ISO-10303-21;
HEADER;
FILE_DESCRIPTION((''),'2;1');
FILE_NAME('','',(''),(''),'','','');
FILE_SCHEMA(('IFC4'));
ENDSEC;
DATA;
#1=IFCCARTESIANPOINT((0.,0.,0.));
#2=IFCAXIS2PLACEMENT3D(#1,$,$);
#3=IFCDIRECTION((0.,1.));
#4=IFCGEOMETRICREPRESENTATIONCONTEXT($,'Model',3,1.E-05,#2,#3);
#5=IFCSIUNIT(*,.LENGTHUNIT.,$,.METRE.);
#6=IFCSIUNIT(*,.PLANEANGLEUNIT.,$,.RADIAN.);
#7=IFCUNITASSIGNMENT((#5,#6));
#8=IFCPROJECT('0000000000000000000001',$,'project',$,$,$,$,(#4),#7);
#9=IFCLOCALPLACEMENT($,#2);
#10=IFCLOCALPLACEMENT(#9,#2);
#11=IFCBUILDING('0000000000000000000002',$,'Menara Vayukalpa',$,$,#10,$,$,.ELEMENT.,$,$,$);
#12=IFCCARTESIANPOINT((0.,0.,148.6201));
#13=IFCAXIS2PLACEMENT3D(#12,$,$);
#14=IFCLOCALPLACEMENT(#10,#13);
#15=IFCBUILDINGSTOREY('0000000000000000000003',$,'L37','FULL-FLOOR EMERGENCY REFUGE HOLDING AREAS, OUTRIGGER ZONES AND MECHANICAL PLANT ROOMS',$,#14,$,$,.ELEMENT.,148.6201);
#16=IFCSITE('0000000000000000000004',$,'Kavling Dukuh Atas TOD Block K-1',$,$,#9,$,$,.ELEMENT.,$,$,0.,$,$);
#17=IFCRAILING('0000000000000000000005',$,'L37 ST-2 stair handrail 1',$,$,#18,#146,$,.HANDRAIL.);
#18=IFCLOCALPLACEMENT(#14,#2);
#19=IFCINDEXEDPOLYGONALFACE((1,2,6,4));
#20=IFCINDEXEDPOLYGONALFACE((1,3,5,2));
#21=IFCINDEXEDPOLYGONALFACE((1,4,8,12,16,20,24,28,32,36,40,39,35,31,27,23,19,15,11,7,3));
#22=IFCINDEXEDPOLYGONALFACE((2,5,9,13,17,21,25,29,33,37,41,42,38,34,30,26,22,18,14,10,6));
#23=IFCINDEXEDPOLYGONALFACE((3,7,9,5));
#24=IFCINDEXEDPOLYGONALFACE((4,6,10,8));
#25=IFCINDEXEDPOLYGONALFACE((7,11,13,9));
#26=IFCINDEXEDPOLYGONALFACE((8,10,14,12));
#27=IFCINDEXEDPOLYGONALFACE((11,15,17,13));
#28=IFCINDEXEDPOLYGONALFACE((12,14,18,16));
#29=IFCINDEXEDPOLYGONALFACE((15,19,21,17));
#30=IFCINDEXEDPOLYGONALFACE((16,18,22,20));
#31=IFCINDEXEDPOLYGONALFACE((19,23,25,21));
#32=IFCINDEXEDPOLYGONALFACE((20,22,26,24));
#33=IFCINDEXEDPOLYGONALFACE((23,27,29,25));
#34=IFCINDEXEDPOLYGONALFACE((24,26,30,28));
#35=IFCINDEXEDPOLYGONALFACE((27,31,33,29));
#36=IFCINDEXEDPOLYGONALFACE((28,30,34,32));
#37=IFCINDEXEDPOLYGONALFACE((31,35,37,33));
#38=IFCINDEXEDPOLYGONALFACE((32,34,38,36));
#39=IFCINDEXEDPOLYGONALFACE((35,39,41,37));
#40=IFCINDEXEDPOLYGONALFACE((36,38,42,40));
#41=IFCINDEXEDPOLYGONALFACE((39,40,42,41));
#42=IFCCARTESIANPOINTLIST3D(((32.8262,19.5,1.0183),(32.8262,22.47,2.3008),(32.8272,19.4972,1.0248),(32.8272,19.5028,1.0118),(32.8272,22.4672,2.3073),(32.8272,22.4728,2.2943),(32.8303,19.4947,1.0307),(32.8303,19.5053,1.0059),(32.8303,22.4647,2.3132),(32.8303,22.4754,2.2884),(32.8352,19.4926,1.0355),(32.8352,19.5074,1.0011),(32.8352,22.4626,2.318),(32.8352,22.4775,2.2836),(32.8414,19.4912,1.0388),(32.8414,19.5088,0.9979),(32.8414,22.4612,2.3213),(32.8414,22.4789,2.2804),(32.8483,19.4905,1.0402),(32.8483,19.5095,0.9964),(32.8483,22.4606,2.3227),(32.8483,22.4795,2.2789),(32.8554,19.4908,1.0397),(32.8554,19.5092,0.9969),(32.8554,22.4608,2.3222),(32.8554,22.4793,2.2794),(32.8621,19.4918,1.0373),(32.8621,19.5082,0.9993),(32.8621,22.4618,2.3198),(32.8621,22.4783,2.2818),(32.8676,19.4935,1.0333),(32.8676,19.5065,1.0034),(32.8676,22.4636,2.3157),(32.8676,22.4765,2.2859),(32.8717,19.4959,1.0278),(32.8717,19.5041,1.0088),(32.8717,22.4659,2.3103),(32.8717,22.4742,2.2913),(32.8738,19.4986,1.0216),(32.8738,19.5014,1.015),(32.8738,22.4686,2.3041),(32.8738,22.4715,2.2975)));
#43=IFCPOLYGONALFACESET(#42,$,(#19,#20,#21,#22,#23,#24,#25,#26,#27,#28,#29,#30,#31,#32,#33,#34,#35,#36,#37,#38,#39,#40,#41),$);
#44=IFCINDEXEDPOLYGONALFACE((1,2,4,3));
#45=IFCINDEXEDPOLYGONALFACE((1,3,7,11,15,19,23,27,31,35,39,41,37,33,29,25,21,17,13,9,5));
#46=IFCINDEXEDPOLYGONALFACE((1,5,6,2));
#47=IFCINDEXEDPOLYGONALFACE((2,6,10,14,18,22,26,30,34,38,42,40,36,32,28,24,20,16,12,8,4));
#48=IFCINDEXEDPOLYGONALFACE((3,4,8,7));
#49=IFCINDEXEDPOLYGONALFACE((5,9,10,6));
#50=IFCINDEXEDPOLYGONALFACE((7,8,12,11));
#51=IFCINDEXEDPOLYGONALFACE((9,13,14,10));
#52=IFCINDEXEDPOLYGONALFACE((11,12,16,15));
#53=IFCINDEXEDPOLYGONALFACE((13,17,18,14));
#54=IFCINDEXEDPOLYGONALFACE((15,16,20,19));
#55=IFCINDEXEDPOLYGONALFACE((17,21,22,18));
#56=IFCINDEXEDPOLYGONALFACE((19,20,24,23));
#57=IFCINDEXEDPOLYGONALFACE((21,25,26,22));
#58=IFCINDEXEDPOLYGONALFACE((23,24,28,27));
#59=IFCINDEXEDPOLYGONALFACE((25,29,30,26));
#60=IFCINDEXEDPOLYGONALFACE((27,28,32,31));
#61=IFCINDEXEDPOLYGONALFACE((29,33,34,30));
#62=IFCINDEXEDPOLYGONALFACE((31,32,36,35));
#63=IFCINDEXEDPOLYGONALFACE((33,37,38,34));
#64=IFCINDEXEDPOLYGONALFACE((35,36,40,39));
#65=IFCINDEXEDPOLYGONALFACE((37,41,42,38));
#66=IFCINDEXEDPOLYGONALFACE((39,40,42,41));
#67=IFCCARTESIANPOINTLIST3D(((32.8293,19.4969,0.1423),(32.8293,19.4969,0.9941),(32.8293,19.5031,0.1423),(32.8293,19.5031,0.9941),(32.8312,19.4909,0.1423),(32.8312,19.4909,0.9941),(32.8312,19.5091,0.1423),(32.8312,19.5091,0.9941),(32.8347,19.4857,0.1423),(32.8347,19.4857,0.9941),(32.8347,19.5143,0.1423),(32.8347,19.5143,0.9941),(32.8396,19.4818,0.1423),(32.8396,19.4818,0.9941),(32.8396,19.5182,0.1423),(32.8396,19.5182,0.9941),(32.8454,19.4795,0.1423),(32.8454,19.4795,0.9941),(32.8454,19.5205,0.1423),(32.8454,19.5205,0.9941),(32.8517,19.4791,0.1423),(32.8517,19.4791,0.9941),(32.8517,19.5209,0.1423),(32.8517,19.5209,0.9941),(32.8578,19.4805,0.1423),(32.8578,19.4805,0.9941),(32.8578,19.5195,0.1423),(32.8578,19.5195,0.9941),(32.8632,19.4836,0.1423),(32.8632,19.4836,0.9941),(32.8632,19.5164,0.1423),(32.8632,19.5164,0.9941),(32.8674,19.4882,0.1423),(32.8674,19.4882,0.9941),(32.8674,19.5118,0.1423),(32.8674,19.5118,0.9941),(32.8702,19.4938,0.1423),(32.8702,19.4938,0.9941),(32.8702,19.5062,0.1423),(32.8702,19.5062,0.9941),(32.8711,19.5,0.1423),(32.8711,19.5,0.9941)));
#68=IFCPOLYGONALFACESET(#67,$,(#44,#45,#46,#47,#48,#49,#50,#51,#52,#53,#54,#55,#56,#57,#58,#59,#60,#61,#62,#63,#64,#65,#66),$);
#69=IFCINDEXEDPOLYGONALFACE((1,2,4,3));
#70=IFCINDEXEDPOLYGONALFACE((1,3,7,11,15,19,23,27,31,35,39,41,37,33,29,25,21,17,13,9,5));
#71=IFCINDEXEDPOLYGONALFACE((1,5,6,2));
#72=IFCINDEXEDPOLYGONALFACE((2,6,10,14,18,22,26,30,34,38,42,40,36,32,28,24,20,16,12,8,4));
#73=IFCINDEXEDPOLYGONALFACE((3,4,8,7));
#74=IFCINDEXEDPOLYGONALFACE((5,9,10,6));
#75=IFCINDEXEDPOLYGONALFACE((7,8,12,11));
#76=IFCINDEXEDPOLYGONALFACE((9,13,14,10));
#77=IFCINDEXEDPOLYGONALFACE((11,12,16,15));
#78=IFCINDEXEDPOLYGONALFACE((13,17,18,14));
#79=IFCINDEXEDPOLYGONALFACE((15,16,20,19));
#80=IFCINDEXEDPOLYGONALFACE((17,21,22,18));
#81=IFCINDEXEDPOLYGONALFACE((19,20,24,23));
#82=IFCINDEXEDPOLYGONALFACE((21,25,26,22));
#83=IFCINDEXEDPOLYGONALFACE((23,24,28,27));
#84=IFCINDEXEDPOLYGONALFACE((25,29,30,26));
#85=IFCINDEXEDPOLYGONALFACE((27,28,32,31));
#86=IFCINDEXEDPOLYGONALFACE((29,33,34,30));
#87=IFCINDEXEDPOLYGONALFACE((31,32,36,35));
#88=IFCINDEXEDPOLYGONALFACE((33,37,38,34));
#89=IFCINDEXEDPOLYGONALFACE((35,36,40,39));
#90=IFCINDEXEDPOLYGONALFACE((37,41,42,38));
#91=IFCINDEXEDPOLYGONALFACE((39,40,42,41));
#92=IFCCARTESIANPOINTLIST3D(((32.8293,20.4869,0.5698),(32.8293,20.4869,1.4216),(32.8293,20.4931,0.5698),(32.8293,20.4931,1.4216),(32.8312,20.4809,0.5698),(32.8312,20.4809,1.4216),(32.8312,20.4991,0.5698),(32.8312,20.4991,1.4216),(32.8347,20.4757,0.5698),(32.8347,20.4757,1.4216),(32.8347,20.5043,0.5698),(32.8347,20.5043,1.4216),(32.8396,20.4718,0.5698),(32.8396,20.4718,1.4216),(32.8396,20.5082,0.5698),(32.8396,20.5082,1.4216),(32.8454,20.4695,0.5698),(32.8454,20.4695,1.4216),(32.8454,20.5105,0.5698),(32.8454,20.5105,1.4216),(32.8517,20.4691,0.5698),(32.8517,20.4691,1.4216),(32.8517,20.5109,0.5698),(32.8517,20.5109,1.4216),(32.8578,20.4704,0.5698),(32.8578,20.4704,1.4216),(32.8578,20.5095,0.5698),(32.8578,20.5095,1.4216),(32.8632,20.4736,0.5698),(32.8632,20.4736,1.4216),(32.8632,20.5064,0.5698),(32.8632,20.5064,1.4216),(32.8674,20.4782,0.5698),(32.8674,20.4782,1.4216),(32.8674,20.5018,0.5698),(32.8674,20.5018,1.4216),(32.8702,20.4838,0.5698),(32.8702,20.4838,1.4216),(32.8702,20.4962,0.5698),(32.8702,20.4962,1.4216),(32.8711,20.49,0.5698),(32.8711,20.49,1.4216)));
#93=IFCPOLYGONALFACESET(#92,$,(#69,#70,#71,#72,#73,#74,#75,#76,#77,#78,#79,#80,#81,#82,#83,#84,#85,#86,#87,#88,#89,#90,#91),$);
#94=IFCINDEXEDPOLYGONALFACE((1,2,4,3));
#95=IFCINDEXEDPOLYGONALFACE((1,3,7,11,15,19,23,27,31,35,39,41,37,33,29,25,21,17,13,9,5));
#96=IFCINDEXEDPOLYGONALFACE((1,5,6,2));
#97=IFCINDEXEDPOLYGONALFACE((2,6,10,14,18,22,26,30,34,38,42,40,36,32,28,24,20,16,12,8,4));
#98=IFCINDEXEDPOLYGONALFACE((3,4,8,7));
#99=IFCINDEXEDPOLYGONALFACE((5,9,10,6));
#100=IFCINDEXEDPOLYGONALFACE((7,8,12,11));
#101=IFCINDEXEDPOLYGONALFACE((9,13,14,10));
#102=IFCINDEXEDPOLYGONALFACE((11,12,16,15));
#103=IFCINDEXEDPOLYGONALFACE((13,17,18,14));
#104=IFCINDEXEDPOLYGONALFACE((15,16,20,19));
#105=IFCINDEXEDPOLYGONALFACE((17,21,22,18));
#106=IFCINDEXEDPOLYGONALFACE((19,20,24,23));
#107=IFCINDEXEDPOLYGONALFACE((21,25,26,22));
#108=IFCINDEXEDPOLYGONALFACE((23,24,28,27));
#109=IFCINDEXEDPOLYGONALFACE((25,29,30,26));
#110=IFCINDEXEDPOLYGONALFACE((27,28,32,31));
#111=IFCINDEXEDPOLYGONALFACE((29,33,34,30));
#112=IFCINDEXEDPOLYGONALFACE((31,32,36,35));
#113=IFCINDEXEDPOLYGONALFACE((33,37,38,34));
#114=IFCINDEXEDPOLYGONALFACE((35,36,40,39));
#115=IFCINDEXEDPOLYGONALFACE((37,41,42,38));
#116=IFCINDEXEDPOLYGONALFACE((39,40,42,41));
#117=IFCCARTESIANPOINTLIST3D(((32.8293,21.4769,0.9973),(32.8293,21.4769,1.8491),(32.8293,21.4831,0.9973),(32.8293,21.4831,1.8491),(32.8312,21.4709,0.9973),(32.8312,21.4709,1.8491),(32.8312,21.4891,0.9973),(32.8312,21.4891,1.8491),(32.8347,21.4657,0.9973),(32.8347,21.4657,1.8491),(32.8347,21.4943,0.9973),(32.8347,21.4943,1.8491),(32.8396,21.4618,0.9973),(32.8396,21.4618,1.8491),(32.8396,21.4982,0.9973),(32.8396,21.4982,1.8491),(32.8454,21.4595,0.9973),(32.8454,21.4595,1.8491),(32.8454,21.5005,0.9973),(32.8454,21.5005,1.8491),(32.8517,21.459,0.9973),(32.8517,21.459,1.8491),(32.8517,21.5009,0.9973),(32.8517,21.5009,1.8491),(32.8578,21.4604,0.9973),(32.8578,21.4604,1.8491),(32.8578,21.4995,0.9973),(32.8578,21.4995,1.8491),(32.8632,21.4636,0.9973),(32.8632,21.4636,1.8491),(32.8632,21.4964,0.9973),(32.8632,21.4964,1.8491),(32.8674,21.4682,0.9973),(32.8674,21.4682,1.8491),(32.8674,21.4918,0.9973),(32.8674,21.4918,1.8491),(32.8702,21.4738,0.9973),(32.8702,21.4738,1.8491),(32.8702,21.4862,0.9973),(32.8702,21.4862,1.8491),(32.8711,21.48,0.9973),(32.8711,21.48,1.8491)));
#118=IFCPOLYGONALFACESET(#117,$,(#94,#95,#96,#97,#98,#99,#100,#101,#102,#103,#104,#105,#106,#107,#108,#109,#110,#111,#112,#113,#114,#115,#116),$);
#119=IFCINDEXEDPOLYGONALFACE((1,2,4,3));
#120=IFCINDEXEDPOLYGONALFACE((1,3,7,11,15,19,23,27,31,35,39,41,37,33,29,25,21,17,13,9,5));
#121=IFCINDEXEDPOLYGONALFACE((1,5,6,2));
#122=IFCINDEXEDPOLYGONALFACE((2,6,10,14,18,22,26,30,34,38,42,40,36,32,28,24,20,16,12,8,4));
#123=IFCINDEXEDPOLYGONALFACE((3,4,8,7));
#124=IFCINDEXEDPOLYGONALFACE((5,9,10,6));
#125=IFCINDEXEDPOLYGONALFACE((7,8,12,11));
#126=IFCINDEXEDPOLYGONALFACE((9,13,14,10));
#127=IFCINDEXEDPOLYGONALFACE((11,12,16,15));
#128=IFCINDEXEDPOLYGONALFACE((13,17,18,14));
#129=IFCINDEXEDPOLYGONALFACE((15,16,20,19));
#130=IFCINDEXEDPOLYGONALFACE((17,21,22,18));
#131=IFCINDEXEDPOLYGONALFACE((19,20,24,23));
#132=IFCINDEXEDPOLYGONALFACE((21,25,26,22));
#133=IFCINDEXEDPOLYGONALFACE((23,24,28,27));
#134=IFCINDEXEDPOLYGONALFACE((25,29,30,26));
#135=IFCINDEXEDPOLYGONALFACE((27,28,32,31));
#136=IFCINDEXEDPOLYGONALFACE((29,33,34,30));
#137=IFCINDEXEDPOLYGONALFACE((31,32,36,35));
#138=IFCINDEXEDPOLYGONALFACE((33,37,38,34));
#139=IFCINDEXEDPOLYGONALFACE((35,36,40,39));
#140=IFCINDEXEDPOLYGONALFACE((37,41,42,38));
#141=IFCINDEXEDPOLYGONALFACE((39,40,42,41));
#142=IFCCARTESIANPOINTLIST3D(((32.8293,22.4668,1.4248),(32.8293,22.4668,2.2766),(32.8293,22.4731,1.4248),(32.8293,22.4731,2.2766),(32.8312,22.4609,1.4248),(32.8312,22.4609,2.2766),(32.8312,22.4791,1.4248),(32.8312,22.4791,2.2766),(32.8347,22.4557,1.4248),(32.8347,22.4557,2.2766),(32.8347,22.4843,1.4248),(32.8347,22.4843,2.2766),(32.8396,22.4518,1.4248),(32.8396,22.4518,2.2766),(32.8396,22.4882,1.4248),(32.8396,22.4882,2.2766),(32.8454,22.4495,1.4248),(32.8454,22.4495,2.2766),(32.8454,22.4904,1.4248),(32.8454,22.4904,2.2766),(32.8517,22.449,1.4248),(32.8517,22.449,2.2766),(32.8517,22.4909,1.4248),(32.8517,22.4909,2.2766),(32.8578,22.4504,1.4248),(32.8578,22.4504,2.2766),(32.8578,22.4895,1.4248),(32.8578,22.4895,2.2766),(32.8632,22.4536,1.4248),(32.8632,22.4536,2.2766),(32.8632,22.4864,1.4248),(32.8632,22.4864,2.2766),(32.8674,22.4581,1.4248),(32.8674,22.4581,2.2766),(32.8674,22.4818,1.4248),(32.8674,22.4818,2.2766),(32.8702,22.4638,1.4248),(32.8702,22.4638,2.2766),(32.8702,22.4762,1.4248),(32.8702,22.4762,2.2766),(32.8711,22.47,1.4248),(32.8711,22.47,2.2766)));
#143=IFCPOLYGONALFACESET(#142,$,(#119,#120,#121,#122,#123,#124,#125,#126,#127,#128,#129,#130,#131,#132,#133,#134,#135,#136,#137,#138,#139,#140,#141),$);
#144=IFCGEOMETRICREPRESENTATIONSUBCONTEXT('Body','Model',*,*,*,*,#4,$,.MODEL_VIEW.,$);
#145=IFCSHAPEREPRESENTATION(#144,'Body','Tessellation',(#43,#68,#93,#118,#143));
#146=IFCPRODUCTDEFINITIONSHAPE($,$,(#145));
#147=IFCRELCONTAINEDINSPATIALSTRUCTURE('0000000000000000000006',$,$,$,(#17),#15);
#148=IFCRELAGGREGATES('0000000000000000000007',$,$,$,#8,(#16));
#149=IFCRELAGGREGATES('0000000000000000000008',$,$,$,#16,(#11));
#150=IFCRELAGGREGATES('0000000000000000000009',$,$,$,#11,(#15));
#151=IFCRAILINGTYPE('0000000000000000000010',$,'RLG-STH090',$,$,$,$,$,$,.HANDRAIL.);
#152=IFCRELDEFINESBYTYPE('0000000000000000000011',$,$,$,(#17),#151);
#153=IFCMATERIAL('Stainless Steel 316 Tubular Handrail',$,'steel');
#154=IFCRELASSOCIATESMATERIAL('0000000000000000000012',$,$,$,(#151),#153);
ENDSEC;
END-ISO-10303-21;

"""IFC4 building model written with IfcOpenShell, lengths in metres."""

from ifc_helpers import new_model, si_unit, direction, frame, origin, origin_2d, place, context, subcontext, project, spatial, circle, extrude, material, type_object, element, save


model = new_model("IFC4")

# Units and contexts
model_context = context("Model", 3, precision=1e-05, world=origin(), true_north=direction((0.0, 1.0)))
body_context = subcontext(model_context, "Body", "Model", "MODEL_VIEW")
ifc_project = project(units=[si_unit("LENGTHUNIT", "METRE"), si_unit("PLANEANGLEUNIT", "RADIAN")], contexts=[model_context])

# Site, building, storey
site_placement = place(None, origin())
site = spatial("IfcSite", under=ifc_project, at=site_placement, Name="Kavling Dukuh Atas TOD Block K-1", CompositionType="ELEMENT", RefElevation=0.0)
building_placement = place(site_placement, origin())
building = spatial("IfcBuilding", under=site, at=building_placement, Name="Menara Vayukalpa", CompositionType="ELEMENT")
storey_placement = place(building_placement, frame((0.0, 0.0, 148.6201)))
storey = spatial("IfcBuildingStorey", under=building, at=storey_placement, Name="L37", Description="FULL-FLOOR EMERGENCY REFUGE HOLDING AREAS, OUTRIGGER ZONES AND MECHANICAL PLANT ROOMS", CompositionType="ELEMENT", Elevation=148.6201)

# Railing
ifc_material_1 = material(Name="Stainless Steel 316 Tubular Handrail", Category="steel")
railing_type_1 = type_object("IfcRailingType", Name="RLG-STH090", PredefinedType="HANDRAIL", material=ifc_material_1)
for number, where, name in (
    (1, (32.8501, 19.5, 0.1423), "L37 ST-2 stair handrail 1"),
):
    element("IfcRailing", number, at=place(storey_placement, frame(where)), inside=storey, type_object=railing_type_1, Name=name, PredefinedType="HANDRAIL", context=body_context, shape_type="SweptSolid", body=[
        extrude(circle(Radius=0.0239, at=origin_2d()), frame((0.0, 0.0, 0.876), z_axis=(0.0, 0.918064, 0.396432), x_axis=(-1.0, 0.0, 0.0)), (0.0, 0.0, 1.0), 3.2351),
        extrude(circle(Radius=0.021, at=origin_2d()), origin(), (0.0, 0.0, 1.0), 0.8518),
        extrude(circle(Radius=0.021, at=origin_2d()), frame((0.0, 0.99, 0.4275)), (0.0, 0.0, 1.0), 0.8518),
        extrude(circle(Radius=0.021, at=origin_2d()), frame((0.0, 1.98, 0.855)), (0.0, 0.0, 1.0), 0.8518),
        extrude(circle(Radius=0.021, at=origin_2d()), frame((0.0, 2.97, 1.2825)), (0.0, 0.0, 1.0), 0.8518),
    ])

save(model, "model.ifc")
